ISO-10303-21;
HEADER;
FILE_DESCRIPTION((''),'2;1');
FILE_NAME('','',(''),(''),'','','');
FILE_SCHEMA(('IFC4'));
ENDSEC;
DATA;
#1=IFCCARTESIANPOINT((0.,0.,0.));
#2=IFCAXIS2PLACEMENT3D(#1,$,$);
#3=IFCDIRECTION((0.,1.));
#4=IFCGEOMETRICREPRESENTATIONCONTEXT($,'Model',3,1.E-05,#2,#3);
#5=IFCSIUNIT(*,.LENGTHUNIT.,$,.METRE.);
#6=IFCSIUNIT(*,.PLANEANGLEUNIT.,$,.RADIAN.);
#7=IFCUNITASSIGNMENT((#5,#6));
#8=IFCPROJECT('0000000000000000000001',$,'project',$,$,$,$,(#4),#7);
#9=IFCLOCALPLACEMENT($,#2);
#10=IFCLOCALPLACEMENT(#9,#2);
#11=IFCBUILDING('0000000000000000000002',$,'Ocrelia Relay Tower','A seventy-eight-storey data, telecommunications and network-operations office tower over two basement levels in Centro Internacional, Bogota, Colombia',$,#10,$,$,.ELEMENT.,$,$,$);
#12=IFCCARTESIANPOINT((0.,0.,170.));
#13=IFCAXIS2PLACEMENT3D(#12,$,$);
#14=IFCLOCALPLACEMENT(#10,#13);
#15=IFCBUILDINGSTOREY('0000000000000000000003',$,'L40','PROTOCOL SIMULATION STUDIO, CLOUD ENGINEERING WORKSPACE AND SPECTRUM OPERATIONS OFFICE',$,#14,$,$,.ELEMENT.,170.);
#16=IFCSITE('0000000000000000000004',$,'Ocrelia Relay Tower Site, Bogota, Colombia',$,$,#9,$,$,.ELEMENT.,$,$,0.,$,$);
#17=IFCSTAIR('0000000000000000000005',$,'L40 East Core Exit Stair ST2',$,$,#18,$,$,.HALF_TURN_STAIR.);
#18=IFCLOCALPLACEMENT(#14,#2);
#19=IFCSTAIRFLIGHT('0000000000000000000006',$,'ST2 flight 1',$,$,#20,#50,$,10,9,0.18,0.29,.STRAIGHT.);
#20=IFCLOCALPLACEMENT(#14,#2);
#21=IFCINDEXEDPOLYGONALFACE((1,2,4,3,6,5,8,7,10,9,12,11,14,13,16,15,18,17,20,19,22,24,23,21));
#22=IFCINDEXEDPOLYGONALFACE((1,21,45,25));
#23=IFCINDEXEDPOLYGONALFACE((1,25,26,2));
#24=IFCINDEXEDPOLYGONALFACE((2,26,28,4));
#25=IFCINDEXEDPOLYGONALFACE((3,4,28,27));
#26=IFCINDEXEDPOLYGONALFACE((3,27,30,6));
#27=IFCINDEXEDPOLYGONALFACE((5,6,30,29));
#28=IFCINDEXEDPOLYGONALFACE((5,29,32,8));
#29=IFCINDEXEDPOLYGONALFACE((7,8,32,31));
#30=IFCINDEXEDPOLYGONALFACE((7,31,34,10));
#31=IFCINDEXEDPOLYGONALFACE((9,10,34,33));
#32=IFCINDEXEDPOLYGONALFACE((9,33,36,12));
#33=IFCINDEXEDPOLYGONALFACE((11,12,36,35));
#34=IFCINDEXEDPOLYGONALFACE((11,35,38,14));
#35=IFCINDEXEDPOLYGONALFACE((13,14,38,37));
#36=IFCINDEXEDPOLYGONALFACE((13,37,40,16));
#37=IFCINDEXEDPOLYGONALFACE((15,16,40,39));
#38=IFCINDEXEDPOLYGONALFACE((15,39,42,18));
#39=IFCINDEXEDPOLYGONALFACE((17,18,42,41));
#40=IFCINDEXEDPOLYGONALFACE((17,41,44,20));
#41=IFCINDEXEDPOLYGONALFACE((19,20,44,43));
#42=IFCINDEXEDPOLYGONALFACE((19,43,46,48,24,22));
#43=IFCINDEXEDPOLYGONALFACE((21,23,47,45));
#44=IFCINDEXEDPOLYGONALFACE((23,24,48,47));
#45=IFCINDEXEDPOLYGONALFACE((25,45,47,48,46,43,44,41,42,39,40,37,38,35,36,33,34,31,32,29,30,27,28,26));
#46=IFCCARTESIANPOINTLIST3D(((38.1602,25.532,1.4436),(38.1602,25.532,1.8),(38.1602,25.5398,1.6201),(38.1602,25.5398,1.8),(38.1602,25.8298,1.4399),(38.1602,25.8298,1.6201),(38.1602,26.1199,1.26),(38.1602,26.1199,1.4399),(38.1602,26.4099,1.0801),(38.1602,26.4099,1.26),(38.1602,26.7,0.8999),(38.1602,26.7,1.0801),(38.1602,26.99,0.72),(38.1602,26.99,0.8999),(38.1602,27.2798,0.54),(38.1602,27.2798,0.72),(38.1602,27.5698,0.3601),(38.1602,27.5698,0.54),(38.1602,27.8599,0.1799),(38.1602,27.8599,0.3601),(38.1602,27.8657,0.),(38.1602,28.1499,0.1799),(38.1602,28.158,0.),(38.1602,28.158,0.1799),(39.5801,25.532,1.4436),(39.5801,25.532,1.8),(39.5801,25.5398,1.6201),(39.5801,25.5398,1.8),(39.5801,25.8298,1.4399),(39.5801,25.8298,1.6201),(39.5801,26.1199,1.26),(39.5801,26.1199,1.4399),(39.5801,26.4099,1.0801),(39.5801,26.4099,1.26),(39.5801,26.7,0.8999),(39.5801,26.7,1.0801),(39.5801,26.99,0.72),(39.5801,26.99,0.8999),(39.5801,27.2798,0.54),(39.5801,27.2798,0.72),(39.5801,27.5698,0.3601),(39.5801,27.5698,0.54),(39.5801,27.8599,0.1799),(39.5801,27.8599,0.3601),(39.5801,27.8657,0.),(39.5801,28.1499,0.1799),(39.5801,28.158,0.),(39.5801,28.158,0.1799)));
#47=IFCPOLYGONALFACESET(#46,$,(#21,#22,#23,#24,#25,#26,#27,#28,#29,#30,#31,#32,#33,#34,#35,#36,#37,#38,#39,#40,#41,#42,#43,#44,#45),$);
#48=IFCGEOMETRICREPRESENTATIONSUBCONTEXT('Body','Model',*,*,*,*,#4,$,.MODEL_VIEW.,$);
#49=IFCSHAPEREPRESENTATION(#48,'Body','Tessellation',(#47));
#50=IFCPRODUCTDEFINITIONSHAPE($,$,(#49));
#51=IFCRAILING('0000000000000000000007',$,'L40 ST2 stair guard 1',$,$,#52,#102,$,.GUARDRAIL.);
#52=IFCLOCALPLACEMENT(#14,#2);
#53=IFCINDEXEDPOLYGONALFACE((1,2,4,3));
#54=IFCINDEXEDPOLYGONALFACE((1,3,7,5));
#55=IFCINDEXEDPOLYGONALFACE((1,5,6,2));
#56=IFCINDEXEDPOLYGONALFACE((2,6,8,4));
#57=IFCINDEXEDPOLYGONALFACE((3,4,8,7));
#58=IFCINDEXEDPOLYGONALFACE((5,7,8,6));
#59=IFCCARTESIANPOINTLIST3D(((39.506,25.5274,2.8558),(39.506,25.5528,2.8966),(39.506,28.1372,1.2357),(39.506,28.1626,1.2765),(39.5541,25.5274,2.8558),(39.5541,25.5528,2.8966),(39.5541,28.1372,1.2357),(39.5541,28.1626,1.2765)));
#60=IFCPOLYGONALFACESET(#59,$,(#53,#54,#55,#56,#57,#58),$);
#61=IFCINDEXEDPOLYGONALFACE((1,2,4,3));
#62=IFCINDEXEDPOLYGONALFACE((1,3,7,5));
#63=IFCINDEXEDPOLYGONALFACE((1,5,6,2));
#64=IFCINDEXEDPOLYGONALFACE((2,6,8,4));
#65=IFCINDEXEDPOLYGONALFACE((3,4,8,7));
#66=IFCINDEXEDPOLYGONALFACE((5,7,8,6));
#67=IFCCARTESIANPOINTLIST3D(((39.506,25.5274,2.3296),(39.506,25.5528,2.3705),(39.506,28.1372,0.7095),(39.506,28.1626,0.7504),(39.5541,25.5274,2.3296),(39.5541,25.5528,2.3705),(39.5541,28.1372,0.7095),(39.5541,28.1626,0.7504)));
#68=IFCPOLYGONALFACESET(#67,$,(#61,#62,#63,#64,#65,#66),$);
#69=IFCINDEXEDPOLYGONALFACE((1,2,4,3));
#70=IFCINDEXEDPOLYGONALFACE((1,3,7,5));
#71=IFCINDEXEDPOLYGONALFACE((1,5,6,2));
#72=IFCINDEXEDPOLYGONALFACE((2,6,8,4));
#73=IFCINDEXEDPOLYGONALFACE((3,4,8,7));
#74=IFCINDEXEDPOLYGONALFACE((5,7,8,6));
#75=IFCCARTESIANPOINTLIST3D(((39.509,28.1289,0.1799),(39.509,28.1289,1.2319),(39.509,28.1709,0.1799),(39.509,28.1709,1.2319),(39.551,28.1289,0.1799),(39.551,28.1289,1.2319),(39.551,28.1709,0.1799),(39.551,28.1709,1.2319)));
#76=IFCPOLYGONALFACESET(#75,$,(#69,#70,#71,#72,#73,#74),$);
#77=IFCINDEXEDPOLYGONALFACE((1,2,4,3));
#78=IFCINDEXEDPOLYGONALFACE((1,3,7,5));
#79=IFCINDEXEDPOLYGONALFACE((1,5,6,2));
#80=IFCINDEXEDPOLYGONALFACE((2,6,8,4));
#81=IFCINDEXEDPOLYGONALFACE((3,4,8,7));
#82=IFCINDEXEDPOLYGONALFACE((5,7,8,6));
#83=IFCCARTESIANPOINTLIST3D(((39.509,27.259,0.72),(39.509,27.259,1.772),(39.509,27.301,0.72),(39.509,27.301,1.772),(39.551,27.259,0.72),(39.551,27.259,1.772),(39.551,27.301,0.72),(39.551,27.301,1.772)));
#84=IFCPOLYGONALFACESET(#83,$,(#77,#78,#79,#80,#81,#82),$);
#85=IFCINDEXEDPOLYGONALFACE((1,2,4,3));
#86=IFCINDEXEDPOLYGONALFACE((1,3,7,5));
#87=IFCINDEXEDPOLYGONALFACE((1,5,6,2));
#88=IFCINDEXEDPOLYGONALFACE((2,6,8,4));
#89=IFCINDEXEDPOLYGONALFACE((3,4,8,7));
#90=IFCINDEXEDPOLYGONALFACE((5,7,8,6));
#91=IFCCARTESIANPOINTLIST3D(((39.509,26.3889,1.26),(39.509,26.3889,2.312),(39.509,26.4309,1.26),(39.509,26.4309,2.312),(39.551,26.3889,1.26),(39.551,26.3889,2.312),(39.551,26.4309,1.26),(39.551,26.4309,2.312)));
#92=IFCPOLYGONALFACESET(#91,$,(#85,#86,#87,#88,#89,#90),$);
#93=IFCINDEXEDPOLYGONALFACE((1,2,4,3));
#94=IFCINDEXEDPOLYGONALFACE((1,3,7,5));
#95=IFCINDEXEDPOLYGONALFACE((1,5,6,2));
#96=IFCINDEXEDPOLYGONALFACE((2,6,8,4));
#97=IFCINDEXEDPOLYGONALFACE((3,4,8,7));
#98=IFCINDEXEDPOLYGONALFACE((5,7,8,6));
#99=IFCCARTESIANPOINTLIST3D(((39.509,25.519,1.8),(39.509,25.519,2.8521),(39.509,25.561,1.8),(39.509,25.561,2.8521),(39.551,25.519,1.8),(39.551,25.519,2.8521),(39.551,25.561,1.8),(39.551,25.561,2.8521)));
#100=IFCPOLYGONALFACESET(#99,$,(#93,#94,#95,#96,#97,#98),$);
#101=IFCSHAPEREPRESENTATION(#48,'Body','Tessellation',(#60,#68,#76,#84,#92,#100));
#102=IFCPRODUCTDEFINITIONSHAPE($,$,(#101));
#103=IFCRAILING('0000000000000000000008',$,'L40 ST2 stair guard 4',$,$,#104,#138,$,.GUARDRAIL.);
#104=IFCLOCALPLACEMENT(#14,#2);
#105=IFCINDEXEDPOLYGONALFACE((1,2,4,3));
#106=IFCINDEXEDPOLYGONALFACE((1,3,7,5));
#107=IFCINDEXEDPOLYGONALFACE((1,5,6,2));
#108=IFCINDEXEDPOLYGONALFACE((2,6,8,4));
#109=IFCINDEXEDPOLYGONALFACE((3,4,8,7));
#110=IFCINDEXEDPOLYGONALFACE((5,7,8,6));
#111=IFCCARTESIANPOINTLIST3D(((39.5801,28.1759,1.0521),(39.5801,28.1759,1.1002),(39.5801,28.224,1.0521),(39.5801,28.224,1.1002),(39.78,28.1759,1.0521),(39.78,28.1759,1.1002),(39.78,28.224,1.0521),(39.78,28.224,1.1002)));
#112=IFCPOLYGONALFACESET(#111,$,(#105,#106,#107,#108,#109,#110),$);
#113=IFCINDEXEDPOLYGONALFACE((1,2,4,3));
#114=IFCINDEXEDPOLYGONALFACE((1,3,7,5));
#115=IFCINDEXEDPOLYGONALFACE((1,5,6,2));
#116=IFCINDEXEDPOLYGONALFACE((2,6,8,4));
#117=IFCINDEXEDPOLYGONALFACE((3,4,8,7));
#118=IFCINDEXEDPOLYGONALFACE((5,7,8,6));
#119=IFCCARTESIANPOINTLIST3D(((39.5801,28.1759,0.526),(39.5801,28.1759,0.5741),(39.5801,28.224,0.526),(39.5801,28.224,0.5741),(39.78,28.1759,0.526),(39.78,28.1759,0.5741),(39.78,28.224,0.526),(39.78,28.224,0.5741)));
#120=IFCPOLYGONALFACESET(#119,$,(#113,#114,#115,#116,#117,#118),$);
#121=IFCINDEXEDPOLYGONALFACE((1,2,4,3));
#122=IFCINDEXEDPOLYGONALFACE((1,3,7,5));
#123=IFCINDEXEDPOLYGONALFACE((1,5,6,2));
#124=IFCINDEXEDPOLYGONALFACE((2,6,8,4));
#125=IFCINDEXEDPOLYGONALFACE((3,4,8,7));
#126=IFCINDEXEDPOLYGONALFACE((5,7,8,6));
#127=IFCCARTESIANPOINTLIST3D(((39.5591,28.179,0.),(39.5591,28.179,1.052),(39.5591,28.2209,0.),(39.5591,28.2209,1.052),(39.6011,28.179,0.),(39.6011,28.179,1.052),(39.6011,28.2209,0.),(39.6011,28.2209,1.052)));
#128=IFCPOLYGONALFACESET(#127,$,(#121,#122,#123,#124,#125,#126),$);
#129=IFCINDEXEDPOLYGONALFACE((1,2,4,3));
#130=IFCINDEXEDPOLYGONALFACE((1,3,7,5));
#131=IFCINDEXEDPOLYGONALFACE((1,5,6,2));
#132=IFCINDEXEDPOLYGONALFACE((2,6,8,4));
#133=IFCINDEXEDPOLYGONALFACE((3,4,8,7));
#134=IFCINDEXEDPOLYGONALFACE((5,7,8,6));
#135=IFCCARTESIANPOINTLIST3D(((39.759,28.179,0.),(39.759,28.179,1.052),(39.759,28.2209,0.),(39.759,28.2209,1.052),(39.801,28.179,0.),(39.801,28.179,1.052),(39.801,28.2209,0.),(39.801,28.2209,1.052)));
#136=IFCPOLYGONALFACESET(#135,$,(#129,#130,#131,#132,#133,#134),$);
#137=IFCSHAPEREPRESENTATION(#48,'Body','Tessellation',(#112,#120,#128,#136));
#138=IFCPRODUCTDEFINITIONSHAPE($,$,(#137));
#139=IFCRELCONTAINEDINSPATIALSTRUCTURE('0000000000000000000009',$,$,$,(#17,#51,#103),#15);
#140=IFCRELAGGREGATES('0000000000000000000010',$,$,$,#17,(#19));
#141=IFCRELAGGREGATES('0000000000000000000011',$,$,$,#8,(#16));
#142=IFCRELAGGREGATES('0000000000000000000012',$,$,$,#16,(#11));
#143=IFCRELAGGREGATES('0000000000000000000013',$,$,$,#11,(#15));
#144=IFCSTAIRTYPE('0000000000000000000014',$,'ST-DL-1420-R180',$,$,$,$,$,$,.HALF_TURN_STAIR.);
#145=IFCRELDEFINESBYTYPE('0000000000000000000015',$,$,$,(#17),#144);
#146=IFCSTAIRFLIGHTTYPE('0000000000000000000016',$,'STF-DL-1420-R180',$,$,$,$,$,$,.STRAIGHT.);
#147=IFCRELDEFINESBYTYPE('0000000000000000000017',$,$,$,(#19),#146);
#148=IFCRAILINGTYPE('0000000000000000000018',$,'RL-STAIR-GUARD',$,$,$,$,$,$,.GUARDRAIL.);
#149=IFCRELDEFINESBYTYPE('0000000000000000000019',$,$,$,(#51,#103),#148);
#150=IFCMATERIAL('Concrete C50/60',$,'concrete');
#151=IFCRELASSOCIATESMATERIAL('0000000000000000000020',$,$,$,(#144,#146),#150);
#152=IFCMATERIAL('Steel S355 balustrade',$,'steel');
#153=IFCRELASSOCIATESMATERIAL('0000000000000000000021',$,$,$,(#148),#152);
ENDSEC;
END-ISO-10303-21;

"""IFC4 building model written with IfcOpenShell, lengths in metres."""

from ifc_helpers import new_model, si_unit, direction, frame, origin, origin_2d, place, context, subcontext, project, spatial, polyline, rectangle, outline, extrude, material, type_object, element, aggregate, save


model = new_model("IFC4")

# Units and contexts
model_context = context("Model", 3, precision=1e-05, world=origin(), true_north=direction((0.0, 1.0)))
body_context = subcontext(model_context, "Body", "Model", "MODEL_VIEW")
ifc_project = project(units=[si_unit("LENGTHUNIT", "METRE"), si_unit("PLANEANGLEUNIT", "RADIAN")], contexts=[model_context])

# Site, building, storey
site_placement = place(None, origin())
site = spatial("IfcSite", under=ifc_project, at=site_placement, Name="Ocrelia Relay Tower Site, Bogota, Colombia", CompositionType="ELEMENT", RefElevation=0.0)
building_placement = place(site_placement, origin())
building = spatial("IfcBuilding", under=site, at=building_placement, Name="Ocrelia Relay Tower", Description="A seventy-eight-storey data, telecommunications and network-operations office tower over two basement levels in Centro Internacional, Bogota, Colombia", CompositionType="ELEMENT")
storey_placement = place(building_placement, frame((0.0, 0.0, 170.0)))
storey = spatial("IfcBuildingStorey", under=building, at=storey_placement, Name="L40", Description="PROTOCOL SIMULATION STUDIO, CLOUD ENGINEERING WORKSPACE AND SPECTRUM OPERATIONS OFFICE", CompositionType="ELEMENT", Elevation=170.0)

# Shared definitions
ifc_material_1 = material(Name="Concrete C50/60", Category="concrete")

# Stair, stair flight
stair_type = type_object("IfcStairType", Name="ST-DL-1420-R180", PredefinedType="HALF_TURN_STAIR", material=ifc_material_1)
stair_placement = place(storey_placement, origin())
stair = element("IfcStair", 1, at=stair_placement, inside=storey, type_object=stair_type, Name="L40 East Core Exit Stair ST2", PredefinedType="HALF_TURN_STAIR")
stair_flight_type = type_object("IfcStairFlightType", Name="STF-DL-1420-R180", PredefinedType="STRAIGHT", material=ifc_material_1)
stair_flight_placement = place(storey_placement, frame((38.8701, 28.1499, 0.0), z_axis=(0.0, 0.0, 1.0), x_axis=(0.0, -1.0, 0.0)))
stair_flight = element("IfcStairFlight", 2, at=stair_flight_placement, type_object=stair_flight_type, Name="ST2 flight 1", NumberOfRisers=10, NumberOfTreads=9, PredefinedType="STRAIGHT", RiserHeight=0.18, TreadLength=0.29, context=body_context, shape_type="SweptSolid", body=[
    extrude(outline(polyline([(-0.0081, 0.0), (-0.0081, 0.1799), (0.0, 0.1799), (0.29, 0.1799), (0.29, 0.3601), (0.5801, 0.3601), (0.5801, 0.54), (0.8701, 0.54), (0.8701, 0.72), (1.1599, 0.72), (1.1599, 0.8999), (1.45, 0.8999), (1.45, 1.0801), (1.74, 1.0801), (1.74, 1.26), (2.03, 1.26), (2.03, 1.4399), (2.3201, 1.4399), (2.3201, 1.6201), (2.6101, 1.6201), (2.6101, 1.8), (2.6179, 1.8), (2.6179, 1.4436), (0.2842, 0.0), (-0.0081, 0.0)])), frame((0.0, 0.71, 0.0), z_axis=(0.0, -1.0, 0.0), x_axis=(1.0, 0.0, 0.0)), (0.0, 0.0, 1.0), 1.4199),
])
aggregate(stair, [stair_flight])

# Railings
ifc_material_2 = material(Name="Steel S355 balustrade", Category="steel")
railing_type = type_object("IfcRailingType", Name="RL-STAIR-GUARD", PredefinedType="GUARDRAIL", material=ifc_material_2)
railing_1_placement = place(storey_placement, frame((39.53, 28.1499, 0.1799)))
element("IfcRailing", 3, at=railing_1_placement, inside=storey, type_object=railing_type, Name="L40 ST2 stair guard 1", PredefinedType="GUARDRAIL", context=body_context, shape_type="SweptSolid", body=[
    extrude(rectangle(XDim=0.0481, YDim=0.0481, at=origin_2d()), frame((0.0, 0.0, 1.0762), z_axis=(0.0, -0.849611, 0.52741), x_axis=(1.0, 0.0, 0.0)), (0.0, 0.0, 1.0), 3.0718),
    extrude(rectangle(XDim=0.0481, YDim=0.0481, at=origin_2d()), frame((0.0, 0.0, 0.55), z_axis=(0.0, -0.849611, 0.52741), x_axis=(1.0, 0.0, 0.0)), (0.0, 0.0, 1.0), 3.0718),
    extrude(rectangle(XDim=0.042, YDim=0.042, at=origin_2d()), origin(), (0.0, 0.0, 1.0), 1.052),
    extrude(rectangle(XDim=0.042, YDim=0.042, at=origin_2d()), frame((0.0, -0.8699, 0.54)), (0.0, 0.0, 1.0), 1.052),
    extrude(rectangle(XDim=0.042, YDim=0.042, at=origin_2d()), frame((0.0, -1.74, 1.0801)), (0.0, 0.0, 1.0), 1.052),
    extrude(rectangle(XDim=0.042, YDim=0.042, at=origin_2d()), frame((0.0, -2.6099, 1.6201)), (0.0, 0.0, 1.0), 1.052),
])
railing_2_placement = place(storey_placement, frame((39.5801, 28.2, 0.0)))
element("IfcRailing", 4, at=railing_2_placement, inside=storey, type_object=railing_type, Name="L40 ST2 stair guard 4", PredefinedType="GUARDRAIL", context=body_context, shape_type="SweptSolid", body=[
    extrude(rectangle(XDim=0.0481, YDim=0.0481, at=origin_2d()), frame((0.0, 0.0, 1.0762), z_axis=(1.0, 0.0, 0.0), x_axis=(0.0, 1.0, 0.0)), (0.0, 0.0, 1.0), 0.2),
    extrude(rectangle(XDim=0.0481, YDim=0.0481, at=origin_2d()), frame((0.0, 0.0, 0.55), z_axis=(1.0, 0.0, 0.0), x_axis=(0.0, 1.0, 0.0)), (0.0, 0.0, 1.0), 0.2),
    extrude(rectangle(XDim=0.042, YDim=0.042, at=origin_2d()), origin(), (0.0, 0.0, 1.0), 1.052),
    extrude(rectangle(XDim=0.042, YDim=0.042, at=origin_2d()), frame((0.2, 0.0, 0.0)), (0.0, 0.0, 1.0), 1.052),
])

save(model, "model.ifc")
